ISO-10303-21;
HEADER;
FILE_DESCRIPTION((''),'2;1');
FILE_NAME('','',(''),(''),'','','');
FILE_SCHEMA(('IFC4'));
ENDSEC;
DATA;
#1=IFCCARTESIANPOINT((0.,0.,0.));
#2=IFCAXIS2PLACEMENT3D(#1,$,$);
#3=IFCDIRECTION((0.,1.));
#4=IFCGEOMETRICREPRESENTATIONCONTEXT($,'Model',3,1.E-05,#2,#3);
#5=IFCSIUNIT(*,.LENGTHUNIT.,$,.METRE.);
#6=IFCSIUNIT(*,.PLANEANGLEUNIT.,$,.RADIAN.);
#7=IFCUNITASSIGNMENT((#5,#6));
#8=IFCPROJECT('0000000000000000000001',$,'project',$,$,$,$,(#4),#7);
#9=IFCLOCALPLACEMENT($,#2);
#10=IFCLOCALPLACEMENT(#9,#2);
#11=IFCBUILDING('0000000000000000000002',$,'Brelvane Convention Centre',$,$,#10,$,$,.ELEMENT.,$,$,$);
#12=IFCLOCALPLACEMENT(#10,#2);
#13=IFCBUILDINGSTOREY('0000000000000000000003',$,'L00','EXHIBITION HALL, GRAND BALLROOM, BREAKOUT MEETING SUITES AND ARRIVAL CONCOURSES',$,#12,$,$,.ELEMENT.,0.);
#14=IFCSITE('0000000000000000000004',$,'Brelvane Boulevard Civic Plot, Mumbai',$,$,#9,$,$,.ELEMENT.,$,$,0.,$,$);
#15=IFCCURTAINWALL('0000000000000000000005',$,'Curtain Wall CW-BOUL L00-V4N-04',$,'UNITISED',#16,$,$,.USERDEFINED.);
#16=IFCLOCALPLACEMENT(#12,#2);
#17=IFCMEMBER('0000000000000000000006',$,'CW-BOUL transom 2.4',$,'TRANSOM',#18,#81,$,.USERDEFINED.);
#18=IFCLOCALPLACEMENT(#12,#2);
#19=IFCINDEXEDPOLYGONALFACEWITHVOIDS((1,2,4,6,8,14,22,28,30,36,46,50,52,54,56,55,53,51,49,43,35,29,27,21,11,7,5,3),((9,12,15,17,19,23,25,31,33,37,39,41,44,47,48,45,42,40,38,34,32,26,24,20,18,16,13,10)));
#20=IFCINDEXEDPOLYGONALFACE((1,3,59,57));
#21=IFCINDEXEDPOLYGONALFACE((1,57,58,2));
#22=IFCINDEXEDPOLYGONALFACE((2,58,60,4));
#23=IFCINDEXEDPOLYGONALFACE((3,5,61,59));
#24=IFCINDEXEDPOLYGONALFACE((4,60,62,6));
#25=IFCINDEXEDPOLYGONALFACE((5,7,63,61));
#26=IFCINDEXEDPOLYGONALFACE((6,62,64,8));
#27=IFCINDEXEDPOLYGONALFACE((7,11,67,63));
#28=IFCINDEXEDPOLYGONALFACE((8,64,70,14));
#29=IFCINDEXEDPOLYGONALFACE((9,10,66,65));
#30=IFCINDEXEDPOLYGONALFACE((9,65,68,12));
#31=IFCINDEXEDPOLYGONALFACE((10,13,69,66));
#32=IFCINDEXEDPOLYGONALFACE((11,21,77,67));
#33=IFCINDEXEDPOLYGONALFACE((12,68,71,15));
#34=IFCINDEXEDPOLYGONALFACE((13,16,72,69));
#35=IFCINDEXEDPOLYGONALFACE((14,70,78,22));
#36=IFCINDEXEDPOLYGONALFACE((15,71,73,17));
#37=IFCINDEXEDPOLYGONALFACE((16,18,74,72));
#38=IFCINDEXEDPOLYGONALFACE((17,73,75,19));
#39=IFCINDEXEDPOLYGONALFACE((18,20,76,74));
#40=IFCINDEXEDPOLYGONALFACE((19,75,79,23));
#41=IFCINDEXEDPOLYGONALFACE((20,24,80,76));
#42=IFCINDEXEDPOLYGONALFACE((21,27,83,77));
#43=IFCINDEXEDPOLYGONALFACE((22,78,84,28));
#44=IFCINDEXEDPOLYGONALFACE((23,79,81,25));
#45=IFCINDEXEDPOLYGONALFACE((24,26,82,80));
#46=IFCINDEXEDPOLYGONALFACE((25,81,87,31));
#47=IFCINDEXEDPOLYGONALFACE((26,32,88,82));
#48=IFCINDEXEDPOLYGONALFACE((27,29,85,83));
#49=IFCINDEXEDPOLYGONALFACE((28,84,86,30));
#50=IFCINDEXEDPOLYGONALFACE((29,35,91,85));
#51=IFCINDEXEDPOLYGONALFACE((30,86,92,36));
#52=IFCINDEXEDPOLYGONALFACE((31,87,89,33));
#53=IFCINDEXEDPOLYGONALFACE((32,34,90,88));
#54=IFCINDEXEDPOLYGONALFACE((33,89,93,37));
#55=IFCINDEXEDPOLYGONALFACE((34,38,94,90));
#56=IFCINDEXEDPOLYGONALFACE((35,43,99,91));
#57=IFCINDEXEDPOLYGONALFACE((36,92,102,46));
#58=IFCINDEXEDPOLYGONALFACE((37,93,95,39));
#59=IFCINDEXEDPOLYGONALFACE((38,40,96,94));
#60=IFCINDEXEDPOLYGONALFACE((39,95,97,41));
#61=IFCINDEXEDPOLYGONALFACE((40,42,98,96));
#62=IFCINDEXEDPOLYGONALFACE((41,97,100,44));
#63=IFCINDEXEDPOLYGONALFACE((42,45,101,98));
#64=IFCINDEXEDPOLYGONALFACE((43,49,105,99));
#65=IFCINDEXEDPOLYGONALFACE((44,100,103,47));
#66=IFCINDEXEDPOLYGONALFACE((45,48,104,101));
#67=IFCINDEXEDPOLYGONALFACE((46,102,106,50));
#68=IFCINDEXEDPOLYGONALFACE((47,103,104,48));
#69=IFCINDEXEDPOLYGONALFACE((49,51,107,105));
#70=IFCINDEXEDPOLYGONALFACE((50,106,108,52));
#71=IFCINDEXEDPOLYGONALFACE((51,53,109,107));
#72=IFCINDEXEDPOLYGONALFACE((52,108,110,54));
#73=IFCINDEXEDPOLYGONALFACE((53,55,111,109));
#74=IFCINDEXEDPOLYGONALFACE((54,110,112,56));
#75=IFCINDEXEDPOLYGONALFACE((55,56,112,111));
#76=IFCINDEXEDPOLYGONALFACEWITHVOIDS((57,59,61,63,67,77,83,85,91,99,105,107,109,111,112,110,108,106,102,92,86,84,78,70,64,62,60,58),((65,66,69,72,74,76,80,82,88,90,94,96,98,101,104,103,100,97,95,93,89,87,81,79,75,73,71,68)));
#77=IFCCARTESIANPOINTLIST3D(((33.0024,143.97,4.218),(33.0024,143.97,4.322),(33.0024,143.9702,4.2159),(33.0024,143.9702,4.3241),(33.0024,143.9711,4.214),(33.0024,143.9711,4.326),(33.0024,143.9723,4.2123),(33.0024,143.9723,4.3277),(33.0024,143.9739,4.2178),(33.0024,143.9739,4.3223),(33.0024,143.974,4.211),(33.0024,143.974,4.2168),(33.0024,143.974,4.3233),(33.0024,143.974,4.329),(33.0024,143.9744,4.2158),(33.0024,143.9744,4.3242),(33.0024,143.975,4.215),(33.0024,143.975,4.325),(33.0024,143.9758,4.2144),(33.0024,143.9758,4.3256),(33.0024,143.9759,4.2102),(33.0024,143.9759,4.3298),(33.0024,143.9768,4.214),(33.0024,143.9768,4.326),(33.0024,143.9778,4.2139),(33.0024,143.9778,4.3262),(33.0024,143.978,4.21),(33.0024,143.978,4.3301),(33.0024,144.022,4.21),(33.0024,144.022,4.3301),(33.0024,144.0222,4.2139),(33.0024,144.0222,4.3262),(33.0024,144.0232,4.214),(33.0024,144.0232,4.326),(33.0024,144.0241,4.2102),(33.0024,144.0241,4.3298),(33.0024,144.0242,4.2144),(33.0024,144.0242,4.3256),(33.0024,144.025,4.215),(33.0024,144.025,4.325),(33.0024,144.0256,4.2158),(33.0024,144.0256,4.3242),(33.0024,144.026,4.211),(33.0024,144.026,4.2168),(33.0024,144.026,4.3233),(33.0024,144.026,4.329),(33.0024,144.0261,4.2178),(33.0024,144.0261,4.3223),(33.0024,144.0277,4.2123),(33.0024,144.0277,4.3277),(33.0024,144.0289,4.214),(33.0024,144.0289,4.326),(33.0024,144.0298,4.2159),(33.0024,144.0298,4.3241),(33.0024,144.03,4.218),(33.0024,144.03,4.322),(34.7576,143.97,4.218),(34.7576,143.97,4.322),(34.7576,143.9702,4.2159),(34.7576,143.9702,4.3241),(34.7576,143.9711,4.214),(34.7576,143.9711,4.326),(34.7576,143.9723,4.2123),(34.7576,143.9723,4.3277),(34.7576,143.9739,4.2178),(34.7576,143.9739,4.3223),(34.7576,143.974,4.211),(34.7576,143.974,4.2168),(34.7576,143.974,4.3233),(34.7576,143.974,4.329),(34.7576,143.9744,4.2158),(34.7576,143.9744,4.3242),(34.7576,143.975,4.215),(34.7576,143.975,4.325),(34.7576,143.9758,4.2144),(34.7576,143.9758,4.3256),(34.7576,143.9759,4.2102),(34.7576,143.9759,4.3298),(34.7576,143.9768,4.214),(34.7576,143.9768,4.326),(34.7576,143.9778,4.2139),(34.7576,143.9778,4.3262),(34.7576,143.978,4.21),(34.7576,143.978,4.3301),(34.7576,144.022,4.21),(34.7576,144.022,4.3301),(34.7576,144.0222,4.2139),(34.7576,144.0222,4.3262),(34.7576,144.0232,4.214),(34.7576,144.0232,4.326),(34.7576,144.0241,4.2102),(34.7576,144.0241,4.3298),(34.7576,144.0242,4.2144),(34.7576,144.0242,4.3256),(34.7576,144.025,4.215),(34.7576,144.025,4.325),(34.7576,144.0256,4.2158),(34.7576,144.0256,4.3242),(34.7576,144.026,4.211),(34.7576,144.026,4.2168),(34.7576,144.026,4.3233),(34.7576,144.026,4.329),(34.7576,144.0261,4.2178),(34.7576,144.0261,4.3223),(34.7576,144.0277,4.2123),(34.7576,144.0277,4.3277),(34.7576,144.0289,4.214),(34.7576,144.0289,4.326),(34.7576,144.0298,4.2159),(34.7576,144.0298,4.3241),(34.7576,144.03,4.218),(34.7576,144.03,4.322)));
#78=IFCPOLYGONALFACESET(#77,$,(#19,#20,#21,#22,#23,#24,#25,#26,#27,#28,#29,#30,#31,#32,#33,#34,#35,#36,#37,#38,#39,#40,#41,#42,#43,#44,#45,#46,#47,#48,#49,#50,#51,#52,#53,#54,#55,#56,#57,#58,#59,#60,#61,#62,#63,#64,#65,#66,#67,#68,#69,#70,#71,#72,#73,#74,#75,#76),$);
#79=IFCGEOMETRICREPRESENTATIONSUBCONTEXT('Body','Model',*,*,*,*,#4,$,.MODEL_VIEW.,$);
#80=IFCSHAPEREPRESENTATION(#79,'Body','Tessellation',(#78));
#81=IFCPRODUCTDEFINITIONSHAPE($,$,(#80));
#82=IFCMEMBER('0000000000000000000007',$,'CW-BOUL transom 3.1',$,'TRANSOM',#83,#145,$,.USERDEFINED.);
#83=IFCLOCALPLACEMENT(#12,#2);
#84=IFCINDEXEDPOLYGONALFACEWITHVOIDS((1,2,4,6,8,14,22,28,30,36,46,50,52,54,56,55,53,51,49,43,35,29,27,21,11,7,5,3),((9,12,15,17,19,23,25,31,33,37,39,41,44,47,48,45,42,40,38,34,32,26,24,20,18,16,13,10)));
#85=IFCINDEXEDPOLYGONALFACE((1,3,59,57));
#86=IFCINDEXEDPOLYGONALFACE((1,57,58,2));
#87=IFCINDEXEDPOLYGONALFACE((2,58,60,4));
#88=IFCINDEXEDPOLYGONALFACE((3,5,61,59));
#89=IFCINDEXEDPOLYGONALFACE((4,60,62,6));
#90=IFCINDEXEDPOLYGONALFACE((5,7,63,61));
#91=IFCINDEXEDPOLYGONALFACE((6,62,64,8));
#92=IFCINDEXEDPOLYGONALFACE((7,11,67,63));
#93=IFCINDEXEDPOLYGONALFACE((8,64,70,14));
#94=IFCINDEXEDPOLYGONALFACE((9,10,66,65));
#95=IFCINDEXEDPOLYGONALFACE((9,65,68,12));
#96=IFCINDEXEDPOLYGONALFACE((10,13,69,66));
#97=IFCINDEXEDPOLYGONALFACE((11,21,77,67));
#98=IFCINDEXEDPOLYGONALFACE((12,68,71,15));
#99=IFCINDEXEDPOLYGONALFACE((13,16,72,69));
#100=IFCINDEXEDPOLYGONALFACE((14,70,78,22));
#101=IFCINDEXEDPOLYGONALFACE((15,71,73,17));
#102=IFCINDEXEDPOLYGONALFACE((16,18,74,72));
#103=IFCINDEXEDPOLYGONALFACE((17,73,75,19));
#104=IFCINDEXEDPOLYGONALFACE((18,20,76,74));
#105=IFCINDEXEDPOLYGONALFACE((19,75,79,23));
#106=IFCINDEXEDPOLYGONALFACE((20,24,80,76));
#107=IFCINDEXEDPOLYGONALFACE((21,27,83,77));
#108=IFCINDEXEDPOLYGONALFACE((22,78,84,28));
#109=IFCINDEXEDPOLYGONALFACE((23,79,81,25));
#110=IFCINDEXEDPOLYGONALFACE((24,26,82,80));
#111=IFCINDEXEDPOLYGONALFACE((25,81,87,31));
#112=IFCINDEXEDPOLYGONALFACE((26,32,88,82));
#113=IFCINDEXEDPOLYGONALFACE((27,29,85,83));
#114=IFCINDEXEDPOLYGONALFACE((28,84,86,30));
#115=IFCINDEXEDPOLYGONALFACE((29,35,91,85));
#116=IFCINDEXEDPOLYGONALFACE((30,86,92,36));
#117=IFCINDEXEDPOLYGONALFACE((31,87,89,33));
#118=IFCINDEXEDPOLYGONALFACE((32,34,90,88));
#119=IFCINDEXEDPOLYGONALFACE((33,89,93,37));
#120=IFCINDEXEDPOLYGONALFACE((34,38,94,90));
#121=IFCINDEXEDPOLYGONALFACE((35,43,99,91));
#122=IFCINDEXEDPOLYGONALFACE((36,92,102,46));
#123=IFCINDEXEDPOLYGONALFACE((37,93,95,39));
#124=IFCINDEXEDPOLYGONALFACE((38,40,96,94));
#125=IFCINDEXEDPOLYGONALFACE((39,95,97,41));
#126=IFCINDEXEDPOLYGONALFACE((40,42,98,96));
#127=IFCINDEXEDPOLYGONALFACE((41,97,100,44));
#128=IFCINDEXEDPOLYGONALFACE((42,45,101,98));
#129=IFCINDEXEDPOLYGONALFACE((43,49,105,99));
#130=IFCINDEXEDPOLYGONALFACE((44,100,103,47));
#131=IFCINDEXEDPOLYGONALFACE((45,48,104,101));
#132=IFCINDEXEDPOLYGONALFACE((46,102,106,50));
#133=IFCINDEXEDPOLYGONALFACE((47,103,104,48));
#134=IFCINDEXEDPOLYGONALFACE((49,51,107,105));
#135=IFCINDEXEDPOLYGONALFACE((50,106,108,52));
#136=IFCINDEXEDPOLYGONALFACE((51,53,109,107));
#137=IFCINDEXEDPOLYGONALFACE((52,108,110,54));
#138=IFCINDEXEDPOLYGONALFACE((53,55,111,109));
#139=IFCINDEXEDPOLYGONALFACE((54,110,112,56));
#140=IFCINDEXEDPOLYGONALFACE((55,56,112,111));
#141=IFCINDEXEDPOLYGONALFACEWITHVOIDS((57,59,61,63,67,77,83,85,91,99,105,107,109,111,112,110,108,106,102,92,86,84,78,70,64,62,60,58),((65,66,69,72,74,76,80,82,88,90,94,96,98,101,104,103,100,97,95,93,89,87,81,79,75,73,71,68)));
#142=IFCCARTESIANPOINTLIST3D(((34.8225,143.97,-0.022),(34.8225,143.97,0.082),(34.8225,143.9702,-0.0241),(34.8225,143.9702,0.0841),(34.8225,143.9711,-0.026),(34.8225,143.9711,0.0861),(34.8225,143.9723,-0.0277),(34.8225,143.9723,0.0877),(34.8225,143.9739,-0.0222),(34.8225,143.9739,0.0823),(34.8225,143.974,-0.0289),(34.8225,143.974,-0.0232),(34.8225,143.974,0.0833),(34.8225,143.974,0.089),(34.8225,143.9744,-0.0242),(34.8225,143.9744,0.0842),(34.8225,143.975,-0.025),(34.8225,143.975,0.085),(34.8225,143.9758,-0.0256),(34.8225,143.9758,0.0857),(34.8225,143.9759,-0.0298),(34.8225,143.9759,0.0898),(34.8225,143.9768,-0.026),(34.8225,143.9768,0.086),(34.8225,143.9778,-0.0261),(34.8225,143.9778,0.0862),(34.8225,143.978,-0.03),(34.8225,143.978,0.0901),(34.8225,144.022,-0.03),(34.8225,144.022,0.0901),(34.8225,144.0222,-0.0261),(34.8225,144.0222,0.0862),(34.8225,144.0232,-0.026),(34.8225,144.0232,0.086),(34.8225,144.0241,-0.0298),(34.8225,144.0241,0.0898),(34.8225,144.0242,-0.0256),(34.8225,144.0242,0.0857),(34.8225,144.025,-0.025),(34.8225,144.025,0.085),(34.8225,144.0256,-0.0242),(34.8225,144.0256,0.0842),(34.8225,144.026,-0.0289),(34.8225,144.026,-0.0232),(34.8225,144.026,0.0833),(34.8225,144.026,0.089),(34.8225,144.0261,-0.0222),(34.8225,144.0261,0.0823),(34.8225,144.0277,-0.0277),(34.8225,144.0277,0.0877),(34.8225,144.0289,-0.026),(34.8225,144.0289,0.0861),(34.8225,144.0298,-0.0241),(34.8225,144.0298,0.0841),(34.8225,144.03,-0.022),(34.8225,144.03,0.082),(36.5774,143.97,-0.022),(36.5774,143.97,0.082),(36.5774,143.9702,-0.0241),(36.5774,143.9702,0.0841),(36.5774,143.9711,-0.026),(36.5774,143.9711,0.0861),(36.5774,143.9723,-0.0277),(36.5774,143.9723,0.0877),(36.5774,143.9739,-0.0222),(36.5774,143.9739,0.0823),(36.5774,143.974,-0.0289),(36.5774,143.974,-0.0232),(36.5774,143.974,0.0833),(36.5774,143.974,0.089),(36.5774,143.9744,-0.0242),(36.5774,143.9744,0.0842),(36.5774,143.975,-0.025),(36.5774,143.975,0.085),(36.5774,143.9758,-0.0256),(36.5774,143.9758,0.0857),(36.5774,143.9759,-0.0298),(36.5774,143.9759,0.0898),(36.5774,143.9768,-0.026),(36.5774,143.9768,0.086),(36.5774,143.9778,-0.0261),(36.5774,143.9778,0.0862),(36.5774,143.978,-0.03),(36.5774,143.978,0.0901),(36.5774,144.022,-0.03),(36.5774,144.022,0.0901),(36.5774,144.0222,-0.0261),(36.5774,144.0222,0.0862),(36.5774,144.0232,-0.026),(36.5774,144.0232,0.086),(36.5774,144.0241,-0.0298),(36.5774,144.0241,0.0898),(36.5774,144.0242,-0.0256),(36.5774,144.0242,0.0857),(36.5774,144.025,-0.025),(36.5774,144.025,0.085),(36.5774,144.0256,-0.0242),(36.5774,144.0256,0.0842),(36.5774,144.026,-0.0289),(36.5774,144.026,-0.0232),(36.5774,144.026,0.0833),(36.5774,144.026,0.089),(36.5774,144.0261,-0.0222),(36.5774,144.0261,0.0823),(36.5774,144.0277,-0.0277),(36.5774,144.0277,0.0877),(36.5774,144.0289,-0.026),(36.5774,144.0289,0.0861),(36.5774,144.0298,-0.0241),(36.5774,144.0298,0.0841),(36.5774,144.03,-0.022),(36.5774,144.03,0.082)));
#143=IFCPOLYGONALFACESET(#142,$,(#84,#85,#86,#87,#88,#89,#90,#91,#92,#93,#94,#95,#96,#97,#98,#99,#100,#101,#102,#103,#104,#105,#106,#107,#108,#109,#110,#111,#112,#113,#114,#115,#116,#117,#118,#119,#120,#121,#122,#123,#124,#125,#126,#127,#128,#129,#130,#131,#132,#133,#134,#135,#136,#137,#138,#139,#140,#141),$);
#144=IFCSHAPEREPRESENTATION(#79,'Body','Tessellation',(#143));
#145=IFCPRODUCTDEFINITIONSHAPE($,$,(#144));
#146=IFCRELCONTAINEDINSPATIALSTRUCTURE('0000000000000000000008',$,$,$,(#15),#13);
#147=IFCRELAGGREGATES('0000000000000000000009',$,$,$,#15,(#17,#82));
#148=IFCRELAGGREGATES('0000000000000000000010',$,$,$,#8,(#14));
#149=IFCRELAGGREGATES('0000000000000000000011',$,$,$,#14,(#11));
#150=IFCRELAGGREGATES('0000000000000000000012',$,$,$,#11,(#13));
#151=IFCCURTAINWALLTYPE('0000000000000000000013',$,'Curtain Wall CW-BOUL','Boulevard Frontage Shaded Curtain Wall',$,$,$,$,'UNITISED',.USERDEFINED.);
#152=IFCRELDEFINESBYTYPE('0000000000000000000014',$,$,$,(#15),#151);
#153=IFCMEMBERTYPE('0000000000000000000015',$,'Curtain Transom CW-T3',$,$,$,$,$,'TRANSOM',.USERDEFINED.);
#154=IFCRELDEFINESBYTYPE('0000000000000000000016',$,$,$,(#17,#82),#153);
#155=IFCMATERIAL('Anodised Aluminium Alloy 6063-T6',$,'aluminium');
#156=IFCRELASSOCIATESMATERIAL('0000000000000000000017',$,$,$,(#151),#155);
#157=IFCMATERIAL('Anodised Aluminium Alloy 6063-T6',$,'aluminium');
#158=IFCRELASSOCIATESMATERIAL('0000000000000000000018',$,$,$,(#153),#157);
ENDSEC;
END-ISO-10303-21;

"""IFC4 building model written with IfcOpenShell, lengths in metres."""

from ifc_helpers import new_model, si_unit, direction, frame, origin, origin_2d, place, context, subcontext, project, spatial, hollow_rectangle, extrude, material, material_profile, profile_set, type_object, element, aggregate, save


model = new_model("IFC4")

# Units and contexts
model_context = context("Model", 3, precision=1e-05, world=origin(), true_north=direction((0.0, 1.0)))
body_context = subcontext(model_context, "Body", "Model", "MODEL_VIEW")
ifc_project = project(units=[si_unit("LENGTHUNIT", "METRE"), si_unit("PLANEANGLEUNIT", "RADIAN")], contexts=[model_context])

# Site, building, storey
site_placement = place(None, origin())
site = spatial("IfcSite", under=ifc_project, at=site_placement, Name="Brelvane Boulevard Civic Plot, Mumbai", CompositionType="ELEMENT", RefElevation=0.0)
building_placement = place(site_placement, origin())
building = spatial("IfcBuilding", under=site, at=building_placement, Name="Brelvane Convention Centre", CompositionType="ELEMENT")
storey_placement = place(building_placement, origin())
storey = spatial("IfcBuildingStorey", under=building, at=storey_placement, Name="L00", Description="EXHIBITION HALL, GRAND BALLROOM, BREAKOUT MEETING SUITES AND ARRIVAL CONCOURSES", CompositionType="ELEMENT", Elevation=0.0)

# Curtain wall, members
ifc_material_1 = material(Name="Anodised Aluminium Alloy 6063-T6", Category="aluminium")
curtain_wall_type = type_object("IfcCurtainWallType", Name="Curtain Wall CW-BOUL", Description="Boulevard Frontage Shaded Curtain Wall", ElementType="UNITISED", PredefinedType="USERDEFINED", material=ifc_material_1)
curtain_wall_placement = place(storey_placement, origin())
curtain_wall = element("IfcCurtainWall", 1, at=curtain_wall_placement, inside=storey, type_object=curtain_wall_type, Name="Curtain Wall CW-BOUL L00-V4N-04", ObjectType="UNITISED", PredefinedType="USERDEFINED")
ifc_material_2 = material(Name="Anodised Aluminium Alloy 6063-T6", Category="aluminium")
ifc_material_profile_1 = material_profile(ifc_material_2, hollow_rectangle(XDim=0.0601, YDim=0.1201, WallThickness=0.0039, InnerFilletRadius=0.0039, OuterFilletRadius=0.0081, at=origin_2d()), Name="ALU-T 120x60x4.0")
ifc_profile_set_1 = profile_set([ifc_material_profile_1], Name="Anodised Aluminium Alloy 6063-T6")
member_type_1 = type_object("IfcMemberType", Name="Curtain Transom CW-T3", ElementType="TRANSOM", PredefinedType="USERDEFINED", material=ifc_profile_set_1)
member_1_placement = place(storey_placement, frame((33.0024, 144.0, 4.27), z_axis=(1.0, 0.0, 0.0), x_axis=(0.0, 1.0, 0.0)))
member_1 = element("IfcMember", 2, at=member_1_placement, type_object=member_type_1, Name="CW-BOUL transom 2.4", ObjectType="TRANSOM", PredefinedType="USERDEFINED", context=body_context, shape_type="SweptSolid", body=[
    extrude(hollow_rectangle(XDim=0.0601, YDim=0.1201, WallThickness=0.0039, InnerFilletRadius=0.0039, OuterFilletRadius=0.0081, at=origin_2d()), origin(), (0.0, 0.0, 1.0), 1.7551),
])
member_2_placement = place(storey_placement, frame((34.8225, 144.0, 0.03), z_axis=(1.0, 0.0, 0.0), x_axis=(0.0, 1.0, 0.0)))
member_2 = element("IfcMember", 3, at=member_2_placement, type_object=member_type_1, Name="CW-BOUL transom 3.1", ObjectType="TRANSOM", PredefinedType="USERDEFINED", context=body_context, shape_type="SweptSolid", body=[
    extrude(hollow_rectangle(XDim=0.0601, YDim=0.1201, WallThickness=0.0039, InnerFilletRadius=0.0039, OuterFilletRadius=0.0081, at=origin_2d()), origin(), (0.0, 0.0, 1.0), 1.7549),
])
aggregate(curtain_wall, [member_1, member_2])

save(model, "model.ifc")
